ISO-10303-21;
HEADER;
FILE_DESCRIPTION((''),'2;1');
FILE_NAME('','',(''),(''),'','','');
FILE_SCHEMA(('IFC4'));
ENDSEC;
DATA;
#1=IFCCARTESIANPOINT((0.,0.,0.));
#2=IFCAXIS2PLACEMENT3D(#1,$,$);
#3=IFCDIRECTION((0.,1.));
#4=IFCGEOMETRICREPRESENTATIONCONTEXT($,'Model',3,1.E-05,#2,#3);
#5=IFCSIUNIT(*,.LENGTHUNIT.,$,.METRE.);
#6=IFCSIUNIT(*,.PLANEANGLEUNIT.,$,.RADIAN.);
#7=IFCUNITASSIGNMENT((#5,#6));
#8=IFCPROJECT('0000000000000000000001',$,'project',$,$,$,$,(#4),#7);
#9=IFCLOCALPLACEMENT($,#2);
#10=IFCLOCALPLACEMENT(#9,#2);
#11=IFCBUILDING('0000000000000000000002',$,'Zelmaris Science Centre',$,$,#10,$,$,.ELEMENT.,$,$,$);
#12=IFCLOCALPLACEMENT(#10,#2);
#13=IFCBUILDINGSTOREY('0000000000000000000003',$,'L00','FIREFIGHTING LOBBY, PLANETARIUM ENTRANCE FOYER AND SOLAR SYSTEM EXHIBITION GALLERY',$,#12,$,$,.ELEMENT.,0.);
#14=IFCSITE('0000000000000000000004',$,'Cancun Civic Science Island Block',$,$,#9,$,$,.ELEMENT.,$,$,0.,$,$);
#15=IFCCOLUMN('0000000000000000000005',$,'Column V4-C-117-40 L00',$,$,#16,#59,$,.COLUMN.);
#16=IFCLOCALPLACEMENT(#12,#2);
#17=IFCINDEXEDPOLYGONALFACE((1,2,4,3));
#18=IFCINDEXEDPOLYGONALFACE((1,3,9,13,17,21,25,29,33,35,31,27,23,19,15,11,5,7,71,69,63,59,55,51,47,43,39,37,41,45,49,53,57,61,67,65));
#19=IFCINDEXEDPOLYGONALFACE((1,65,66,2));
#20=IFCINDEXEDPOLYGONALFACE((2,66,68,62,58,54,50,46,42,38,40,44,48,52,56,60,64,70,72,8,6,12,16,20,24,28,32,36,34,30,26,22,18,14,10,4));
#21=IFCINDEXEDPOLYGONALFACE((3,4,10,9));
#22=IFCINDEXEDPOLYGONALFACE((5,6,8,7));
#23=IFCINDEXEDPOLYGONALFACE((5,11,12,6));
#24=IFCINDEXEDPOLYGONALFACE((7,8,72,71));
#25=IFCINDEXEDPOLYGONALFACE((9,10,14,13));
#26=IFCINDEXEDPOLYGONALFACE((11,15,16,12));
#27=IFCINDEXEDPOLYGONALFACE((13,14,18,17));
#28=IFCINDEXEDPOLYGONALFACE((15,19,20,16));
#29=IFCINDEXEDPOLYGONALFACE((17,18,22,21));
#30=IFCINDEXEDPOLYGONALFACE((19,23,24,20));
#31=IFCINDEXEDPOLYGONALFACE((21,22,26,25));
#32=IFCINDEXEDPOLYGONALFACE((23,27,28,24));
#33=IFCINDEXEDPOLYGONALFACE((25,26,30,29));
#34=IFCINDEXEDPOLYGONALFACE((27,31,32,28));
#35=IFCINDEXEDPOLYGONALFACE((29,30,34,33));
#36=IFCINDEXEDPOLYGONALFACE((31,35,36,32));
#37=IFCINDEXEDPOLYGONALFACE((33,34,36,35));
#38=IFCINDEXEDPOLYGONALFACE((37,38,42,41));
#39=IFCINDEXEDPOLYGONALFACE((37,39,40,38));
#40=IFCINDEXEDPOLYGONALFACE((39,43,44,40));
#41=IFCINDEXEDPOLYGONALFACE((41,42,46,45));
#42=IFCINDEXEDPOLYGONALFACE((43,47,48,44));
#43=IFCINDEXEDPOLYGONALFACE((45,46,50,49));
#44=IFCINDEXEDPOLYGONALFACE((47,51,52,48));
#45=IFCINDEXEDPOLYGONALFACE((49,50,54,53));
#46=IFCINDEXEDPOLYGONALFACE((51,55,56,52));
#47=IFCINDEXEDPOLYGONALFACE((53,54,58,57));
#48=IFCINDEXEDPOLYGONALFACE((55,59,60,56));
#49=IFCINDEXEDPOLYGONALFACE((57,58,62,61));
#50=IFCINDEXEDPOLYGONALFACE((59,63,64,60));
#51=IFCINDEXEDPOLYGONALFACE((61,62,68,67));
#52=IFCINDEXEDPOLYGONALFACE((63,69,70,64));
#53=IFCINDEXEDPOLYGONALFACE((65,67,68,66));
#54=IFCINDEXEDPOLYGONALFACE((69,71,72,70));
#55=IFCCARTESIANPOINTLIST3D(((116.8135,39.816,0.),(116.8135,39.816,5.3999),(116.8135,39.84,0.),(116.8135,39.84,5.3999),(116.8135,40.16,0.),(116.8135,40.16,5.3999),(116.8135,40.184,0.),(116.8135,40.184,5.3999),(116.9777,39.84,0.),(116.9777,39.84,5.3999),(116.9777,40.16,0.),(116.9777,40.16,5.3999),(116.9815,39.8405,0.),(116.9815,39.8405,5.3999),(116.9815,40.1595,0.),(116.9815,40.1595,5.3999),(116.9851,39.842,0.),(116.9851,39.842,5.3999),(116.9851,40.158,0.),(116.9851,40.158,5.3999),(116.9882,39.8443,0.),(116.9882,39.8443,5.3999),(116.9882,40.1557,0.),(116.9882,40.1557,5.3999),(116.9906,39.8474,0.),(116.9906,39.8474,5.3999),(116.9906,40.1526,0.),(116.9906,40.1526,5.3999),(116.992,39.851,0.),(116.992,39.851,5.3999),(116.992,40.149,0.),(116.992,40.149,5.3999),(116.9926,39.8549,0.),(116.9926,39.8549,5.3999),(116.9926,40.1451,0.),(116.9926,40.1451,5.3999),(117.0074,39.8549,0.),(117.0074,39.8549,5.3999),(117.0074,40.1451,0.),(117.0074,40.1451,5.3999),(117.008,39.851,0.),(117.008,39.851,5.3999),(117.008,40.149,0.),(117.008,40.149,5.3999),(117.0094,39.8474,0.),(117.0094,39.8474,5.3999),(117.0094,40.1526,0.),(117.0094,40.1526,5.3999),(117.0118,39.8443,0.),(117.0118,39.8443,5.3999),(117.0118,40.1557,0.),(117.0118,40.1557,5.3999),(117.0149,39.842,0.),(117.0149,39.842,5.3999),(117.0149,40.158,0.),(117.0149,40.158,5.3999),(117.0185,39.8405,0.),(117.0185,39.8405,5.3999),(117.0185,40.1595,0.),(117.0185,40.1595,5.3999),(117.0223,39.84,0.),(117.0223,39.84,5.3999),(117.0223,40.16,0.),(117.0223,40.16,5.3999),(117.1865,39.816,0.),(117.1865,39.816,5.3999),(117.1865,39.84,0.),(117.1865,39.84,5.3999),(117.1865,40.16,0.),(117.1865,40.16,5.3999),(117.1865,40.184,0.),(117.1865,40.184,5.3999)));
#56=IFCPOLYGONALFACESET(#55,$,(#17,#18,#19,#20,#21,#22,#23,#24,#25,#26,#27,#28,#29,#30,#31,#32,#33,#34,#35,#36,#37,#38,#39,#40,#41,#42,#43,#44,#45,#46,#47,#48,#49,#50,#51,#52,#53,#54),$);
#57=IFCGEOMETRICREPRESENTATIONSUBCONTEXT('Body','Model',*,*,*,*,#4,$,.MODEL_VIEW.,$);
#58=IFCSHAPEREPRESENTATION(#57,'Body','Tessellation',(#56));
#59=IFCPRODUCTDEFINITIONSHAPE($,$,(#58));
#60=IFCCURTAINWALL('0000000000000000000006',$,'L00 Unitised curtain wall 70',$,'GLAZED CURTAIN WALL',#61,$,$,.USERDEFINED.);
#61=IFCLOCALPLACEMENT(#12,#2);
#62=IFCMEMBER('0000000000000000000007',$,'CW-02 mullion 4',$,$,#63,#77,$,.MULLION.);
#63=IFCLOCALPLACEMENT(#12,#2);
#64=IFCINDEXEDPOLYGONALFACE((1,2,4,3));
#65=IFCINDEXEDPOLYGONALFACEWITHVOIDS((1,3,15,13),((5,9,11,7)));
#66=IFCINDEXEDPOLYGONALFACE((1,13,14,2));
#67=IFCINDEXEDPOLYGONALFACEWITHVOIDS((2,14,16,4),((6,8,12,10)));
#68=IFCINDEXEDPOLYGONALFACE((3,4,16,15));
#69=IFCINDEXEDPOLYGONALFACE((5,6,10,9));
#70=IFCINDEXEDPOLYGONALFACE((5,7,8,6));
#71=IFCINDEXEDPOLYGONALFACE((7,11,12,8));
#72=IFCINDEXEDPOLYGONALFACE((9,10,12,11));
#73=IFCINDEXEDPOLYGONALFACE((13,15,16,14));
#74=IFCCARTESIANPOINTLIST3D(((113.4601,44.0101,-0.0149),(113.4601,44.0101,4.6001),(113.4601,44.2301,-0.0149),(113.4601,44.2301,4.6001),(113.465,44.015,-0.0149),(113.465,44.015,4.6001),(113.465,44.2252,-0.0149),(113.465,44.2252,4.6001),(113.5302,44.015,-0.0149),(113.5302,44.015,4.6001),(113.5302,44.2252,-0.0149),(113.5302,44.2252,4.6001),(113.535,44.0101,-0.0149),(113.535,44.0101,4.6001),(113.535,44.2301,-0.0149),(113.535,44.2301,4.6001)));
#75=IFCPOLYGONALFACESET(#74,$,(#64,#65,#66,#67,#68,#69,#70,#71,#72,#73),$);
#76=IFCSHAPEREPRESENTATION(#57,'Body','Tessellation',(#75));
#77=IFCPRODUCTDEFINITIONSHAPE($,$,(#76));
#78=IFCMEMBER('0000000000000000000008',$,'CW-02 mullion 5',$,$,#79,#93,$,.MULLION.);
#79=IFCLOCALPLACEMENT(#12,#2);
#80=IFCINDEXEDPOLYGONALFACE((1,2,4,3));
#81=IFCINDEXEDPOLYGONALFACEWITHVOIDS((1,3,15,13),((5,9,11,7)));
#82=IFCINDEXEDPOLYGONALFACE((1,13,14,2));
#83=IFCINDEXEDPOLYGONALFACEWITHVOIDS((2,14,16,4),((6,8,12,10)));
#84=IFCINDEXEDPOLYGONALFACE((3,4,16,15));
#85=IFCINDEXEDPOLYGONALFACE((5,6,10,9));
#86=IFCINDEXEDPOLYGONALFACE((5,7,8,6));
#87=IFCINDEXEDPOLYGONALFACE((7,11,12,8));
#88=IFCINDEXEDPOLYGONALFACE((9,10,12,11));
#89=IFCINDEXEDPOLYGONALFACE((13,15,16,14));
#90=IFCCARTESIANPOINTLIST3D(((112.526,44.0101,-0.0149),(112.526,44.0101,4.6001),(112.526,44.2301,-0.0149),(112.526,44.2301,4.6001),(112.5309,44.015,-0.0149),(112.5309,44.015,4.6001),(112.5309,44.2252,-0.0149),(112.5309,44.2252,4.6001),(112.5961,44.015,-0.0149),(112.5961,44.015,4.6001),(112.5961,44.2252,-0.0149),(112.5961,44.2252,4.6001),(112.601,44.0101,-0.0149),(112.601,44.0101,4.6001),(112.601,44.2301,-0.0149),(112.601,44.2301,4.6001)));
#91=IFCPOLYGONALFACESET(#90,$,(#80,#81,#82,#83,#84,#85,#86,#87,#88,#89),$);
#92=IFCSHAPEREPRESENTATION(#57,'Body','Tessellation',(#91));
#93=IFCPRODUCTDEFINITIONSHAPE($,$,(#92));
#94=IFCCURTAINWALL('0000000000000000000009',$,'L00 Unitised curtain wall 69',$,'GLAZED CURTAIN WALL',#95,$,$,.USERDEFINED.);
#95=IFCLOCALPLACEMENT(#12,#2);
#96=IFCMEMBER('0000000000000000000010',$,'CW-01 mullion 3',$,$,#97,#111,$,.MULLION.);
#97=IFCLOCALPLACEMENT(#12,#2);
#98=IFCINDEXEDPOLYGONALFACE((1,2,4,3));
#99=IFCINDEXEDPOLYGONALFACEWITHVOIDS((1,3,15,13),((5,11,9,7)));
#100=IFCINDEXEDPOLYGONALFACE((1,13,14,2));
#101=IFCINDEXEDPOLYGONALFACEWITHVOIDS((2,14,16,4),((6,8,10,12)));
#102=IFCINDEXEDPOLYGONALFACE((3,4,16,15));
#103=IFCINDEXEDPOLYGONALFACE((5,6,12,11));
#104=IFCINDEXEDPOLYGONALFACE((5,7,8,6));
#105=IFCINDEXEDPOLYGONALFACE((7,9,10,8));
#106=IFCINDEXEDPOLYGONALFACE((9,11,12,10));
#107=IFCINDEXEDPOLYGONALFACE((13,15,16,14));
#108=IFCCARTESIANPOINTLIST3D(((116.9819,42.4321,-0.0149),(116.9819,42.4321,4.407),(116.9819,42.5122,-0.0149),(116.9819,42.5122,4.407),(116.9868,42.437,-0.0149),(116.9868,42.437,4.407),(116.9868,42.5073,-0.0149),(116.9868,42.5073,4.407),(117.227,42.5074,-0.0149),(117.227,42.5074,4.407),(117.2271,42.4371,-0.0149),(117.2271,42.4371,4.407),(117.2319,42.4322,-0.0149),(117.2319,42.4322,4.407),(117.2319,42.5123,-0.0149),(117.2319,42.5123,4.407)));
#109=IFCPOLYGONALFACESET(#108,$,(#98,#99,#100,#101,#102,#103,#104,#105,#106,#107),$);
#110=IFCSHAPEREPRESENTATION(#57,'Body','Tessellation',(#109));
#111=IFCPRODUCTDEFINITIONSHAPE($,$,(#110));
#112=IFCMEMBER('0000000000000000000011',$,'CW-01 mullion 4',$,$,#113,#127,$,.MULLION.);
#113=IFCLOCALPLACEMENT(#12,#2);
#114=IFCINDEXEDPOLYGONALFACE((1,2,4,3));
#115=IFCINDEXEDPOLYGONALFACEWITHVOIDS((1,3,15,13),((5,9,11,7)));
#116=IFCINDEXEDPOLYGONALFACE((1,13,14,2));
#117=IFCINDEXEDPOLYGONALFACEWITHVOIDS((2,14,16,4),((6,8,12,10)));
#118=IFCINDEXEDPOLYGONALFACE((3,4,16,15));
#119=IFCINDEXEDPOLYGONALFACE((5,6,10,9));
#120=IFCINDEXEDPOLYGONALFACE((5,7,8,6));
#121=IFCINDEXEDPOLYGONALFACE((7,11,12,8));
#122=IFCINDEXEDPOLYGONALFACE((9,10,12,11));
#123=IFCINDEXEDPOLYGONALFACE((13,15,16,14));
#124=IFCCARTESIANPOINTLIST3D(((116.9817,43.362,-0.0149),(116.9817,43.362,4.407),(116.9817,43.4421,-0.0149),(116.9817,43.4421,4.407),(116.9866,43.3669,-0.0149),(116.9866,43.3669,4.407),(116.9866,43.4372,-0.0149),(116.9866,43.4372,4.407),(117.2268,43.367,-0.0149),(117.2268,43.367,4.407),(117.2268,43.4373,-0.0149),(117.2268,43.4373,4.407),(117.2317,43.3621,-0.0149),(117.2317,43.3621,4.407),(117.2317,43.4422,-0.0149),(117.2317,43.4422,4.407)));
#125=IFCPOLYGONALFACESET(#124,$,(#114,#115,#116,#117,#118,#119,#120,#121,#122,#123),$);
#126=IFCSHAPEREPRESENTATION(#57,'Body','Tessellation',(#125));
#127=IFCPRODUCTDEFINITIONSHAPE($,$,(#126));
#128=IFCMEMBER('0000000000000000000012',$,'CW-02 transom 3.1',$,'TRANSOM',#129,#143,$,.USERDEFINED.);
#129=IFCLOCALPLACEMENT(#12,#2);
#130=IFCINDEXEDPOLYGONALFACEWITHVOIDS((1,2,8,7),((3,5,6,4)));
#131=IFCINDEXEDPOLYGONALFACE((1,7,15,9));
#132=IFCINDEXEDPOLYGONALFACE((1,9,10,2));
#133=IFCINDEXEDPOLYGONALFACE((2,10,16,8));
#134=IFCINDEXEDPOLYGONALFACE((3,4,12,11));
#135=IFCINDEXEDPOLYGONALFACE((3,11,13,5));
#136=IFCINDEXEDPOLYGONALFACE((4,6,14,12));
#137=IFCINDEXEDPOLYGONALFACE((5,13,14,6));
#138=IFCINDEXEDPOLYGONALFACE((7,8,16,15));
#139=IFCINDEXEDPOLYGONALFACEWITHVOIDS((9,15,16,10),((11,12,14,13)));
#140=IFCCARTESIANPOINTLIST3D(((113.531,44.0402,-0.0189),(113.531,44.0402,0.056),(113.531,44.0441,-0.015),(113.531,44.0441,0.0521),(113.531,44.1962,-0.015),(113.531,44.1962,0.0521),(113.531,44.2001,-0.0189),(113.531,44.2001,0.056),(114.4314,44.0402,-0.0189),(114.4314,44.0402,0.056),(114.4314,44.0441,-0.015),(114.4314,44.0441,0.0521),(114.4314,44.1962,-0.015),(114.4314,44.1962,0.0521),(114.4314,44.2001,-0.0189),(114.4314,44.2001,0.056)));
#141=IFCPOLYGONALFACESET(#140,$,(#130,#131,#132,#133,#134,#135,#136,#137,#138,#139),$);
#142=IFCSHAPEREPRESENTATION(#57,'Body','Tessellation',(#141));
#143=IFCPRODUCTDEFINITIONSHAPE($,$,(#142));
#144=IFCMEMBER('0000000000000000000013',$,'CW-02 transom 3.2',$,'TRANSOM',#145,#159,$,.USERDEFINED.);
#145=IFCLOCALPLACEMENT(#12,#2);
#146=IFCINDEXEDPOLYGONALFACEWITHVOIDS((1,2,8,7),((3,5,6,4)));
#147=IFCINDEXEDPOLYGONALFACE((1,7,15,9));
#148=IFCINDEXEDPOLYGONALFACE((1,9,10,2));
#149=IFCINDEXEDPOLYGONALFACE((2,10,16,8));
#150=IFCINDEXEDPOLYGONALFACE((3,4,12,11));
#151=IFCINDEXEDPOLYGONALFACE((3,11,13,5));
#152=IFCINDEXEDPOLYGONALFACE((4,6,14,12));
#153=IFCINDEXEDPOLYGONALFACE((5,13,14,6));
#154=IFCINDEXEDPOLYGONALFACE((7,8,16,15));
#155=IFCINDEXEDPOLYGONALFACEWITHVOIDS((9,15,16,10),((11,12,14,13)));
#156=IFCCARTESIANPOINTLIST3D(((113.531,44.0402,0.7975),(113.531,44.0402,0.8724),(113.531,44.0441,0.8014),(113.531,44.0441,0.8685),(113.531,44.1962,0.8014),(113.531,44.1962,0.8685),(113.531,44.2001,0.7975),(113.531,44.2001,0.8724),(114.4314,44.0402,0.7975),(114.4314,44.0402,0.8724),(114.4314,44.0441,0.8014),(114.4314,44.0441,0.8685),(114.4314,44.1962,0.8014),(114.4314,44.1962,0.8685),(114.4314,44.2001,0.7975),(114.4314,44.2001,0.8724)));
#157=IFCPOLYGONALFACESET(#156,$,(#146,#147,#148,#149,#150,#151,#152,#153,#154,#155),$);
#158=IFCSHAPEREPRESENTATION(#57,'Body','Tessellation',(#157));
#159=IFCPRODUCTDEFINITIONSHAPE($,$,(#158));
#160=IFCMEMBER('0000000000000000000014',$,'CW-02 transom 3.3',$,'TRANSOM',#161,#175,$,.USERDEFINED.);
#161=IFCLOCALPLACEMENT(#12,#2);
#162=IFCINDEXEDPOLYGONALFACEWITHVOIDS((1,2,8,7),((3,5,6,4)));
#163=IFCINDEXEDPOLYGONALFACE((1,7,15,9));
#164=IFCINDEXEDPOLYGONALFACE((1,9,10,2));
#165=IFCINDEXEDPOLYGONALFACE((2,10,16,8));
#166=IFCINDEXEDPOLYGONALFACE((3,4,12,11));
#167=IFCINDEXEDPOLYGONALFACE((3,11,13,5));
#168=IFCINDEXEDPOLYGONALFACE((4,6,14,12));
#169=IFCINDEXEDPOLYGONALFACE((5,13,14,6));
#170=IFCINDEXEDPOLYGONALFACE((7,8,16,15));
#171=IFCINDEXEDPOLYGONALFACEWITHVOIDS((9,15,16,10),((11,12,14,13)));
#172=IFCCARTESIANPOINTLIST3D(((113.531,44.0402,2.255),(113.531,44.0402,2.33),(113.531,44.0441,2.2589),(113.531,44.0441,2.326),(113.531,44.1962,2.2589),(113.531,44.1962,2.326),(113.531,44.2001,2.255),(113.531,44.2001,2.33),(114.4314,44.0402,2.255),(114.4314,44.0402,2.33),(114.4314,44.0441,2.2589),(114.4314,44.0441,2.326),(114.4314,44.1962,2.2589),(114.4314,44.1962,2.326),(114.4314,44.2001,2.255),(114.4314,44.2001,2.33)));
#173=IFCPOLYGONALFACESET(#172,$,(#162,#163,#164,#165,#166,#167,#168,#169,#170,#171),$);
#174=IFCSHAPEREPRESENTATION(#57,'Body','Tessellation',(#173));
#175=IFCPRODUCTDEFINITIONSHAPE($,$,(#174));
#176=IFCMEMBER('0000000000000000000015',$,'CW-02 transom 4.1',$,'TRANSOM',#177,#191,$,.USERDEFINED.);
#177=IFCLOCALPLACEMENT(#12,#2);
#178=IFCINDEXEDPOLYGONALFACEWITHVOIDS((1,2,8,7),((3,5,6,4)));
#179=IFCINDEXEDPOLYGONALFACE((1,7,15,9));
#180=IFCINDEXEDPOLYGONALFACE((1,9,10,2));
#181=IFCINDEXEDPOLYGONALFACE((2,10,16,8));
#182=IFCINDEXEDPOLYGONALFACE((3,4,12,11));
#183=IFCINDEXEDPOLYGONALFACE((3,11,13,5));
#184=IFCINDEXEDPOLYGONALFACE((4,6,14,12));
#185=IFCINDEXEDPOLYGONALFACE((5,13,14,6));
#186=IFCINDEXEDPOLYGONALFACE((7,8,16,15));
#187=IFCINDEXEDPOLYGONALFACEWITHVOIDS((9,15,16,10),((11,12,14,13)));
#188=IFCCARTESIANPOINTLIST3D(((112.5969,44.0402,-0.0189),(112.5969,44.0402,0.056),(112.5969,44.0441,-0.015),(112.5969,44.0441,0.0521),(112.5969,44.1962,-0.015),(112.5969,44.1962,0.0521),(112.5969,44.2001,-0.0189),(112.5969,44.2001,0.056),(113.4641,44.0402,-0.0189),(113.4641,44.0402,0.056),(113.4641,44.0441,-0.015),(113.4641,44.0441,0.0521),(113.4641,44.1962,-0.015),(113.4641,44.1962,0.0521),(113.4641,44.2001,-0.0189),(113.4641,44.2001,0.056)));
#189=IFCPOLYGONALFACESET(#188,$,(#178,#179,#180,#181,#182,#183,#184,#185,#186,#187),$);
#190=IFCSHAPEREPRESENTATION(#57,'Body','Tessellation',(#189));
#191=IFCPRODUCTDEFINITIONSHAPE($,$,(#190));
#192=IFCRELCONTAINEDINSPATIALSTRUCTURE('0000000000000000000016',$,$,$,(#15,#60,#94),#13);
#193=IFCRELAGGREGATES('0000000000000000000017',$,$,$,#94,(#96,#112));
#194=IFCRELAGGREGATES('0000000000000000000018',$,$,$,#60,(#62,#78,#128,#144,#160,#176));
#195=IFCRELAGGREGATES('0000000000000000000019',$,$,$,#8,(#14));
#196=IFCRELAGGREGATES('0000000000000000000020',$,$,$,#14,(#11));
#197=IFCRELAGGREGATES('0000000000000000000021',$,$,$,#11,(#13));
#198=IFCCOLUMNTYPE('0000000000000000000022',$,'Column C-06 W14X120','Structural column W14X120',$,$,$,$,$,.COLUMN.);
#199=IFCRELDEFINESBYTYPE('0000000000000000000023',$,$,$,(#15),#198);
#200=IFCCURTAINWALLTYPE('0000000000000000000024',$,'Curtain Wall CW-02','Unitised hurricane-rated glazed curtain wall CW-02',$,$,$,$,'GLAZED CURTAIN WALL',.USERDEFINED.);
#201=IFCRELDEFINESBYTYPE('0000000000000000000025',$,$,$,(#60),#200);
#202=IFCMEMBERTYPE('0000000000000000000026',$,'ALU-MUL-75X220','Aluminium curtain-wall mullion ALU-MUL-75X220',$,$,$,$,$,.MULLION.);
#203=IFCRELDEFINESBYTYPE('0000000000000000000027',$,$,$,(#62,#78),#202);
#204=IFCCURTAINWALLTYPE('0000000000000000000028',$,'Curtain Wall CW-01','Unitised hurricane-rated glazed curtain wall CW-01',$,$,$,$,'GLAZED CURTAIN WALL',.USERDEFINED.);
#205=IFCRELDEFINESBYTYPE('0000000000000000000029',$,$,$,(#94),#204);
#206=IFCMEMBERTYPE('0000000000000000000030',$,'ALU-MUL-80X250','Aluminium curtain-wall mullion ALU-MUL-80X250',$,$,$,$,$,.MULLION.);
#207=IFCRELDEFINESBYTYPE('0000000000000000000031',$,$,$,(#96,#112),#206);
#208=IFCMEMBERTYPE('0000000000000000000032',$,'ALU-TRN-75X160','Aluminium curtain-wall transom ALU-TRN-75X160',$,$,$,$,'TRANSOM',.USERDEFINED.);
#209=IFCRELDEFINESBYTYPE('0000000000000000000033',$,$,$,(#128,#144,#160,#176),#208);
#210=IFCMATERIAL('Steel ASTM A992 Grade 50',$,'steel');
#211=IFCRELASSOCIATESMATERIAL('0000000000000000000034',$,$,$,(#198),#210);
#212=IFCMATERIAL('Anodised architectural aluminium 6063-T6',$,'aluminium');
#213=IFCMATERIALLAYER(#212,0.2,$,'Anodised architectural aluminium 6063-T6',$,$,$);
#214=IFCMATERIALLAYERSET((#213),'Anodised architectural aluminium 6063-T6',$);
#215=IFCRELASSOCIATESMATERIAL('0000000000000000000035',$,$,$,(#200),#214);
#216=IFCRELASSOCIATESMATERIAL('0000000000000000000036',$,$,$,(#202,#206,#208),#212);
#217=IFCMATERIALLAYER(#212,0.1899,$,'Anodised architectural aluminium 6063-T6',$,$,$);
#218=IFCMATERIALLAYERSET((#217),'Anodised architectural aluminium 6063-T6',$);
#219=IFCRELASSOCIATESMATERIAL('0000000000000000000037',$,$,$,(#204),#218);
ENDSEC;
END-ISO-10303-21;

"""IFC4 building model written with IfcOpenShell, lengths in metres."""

from ifc_helpers import new_model, si_unit, direction, frame, origin, origin_2d, place, context, subcontext, project, spatial, hollow_rectangle, i_section, extrude, material, layer, layer_set, material_profile, profile_set, type_object, element, aggregate, save


model = new_model("IFC4")

# Units and contexts
model_context = context("Model", 3, precision=1e-05, world=origin(), true_north=direction((0.0, 1.0)))
body_context = subcontext(model_context, "Body", "Model", "MODEL_VIEW")
ifc_project = project(units=[si_unit("LENGTHUNIT", "METRE"), si_unit("PLANEANGLEUNIT", "RADIAN")], contexts=[model_context])

# Site, building, storey
site_placement = place(None, origin())
site = spatial("IfcSite", under=ifc_project, at=site_placement, Name="Cancun Civic Science Island Block", CompositionType="ELEMENT", RefElevation=0.0)
building_placement = place(site_placement, origin())
building = spatial("IfcBuilding", under=site, at=building_placement, Name="Zelmaris Science Centre", CompositionType="ELEMENT")
storey_placement = place(building_placement, origin())
storey = spatial("IfcBuildingStorey", under=building, at=storey_placement, Name="L00", Description="FIREFIGHTING LOBBY, PLANETARIUM ENTRANCE FOYER AND SOLAR SYSTEM EXHIBITION GALLERY", CompositionType="ELEMENT", Elevation=0.0)

# Column
ifc_material_1 = material(Name="Steel ASTM A992 Grade 50", Category="steel")
ifc_material_profile_1 = material_profile(ifc_material_1, i_section(OverallWidth=0.373, OverallDepth=0.3679, WebThickness=0.0149, FlangeThickness=0.0239, FilletRadius=0.0149, at=origin_2d()), Name="W14X120")
ifc_profile_set_1 = profile_set([ifc_material_profile_1], Name="Steel ASTM A992 Grade 50")
column_type = type_object("IfcColumnType", Name="Column C-06 W14X120", Description="Structural column W14X120", PredefinedType="COLUMN", material=ifc_profile_set_1)
column_placement = place(storey_placement, frame((117.0, 40.0, 0.0), z_axis=(0.0, 0.0, 1.0), x_axis=(1.0, 0.0, 0.0)))
element("IfcColumn", 1, at=column_placement, inside=storey, type_object=column_type, Name="Column V4-C-117-40 L00", PredefinedType="COLUMN", context=body_context, shape_type="SweptSolid", body=[
    extrude(i_section(OverallWidth=0.373, OverallDepth=0.3679, WebThickness=0.0149, FlangeThickness=0.0239, FilletRadius=0.0149, at=origin_2d()), origin(), (0.0, 0.0, 1.0), 5.3999),
])

# Curtain walls, members
ifc_material_2 = material(Name="Anodised architectural aluminium 6063-T6", Category="aluminium")
ifc_layer_1 = layer(ifc_material_2, 0.2, Name="Anodised architectural aluminium 6063-T6")
ifc_layer_set_1 = layer_set([ifc_layer_1], Name="Anodised architectural aluminium 6063-T6")
curtain_wall_type_1 = type_object("IfcCurtainWallType", Name="Curtain Wall CW-02", Description="Unitised hurricane-rated glazed curtain wall CW-02", ElementType="GLAZED CURTAIN WALL", PredefinedType="USERDEFINED", material=ifc_layer_set_1)
curtain_wall_1_placement = place(storey_placement, origin())
curtain_wall_1 = element("IfcCurtainWall", 2, at=curtain_wall_1_placement, inside=storey, type_object=curtain_wall_type_1, Name="L00 Unitised curtain wall 70", ObjectType="GLAZED CURTAIN WALL", PredefinedType="USERDEFINED")
ifc_material_profile_2 = material_profile(ifc_material_2, hollow_rectangle(XDim=0.075, YDim=0.22, WallThickness=0.0049, at=origin_2d()), Name="ALU-MUL-75X220")
ifc_profile_set_2 = profile_set([ifc_material_profile_2], Name="Anodised architectural aluminium 6063-T6")
member_type_1 = type_object("IfcMemberType", Name="ALU-MUL-75X220", Description="Aluminium curtain-wall mullion ALU-MUL-75X220", PredefinedType="MULLION", material=ifc_profile_set_2)
member_1_placement = place(storey_placement, frame((113.4976, 44.1201, -0.0149), z_axis=(0.0, 0.0, 1.0), x_axis=(-1.0, 0.000007, 0.0)))
member_1 = element("IfcMember", 3, at=member_1_placement, type_object=member_type_1, Name="CW-02 mullion 4", PredefinedType="MULLION", context=body_context, shape_type="SweptSolid", body=[
    extrude(hollow_rectangle(XDim=0.075, YDim=0.22, WallThickness=0.0049, at=origin_2d()), origin(), (0.0, 0.0, 1.0), 4.615),
])
member_2_placement = place(storey_placement, frame((112.5635, 44.1201, -0.0149), z_axis=(0.0, 0.0, 1.0), x_axis=(-1.0, 0.000007, 0.0)))
member_2 = element("IfcMember", 4, at=member_2_placement, type_object=member_type_1, Name="CW-02 mullion 5", PredefinedType="MULLION", context=body_context, shape_type="SweptSolid", body=[
    extrude(hollow_rectangle(XDim=0.075, YDim=0.22, WallThickness=0.0049, at=origin_2d()), origin(), (0.0, 0.0, 1.0), 4.615),
])
ifc_layer_2 = layer(ifc_material_2, 0.1899, Name="Anodised architectural aluminium 6063-T6")
ifc_layer_set_2 = layer_set([ifc_layer_2], Name="Anodised architectural aluminium 6063-T6")
curtain_wall_type_2 = type_object("IfcCurtainWallType", Name="Curtain Wall CW-01", Description="Unitised hurricane-rated glazed curtain wall CW-01", ElementType="GLAZED CURTAIN WALL", PredefinedType="USERDEFINED", material=ifc_layer_set_2)
curtain_wall_2_placement = place(storey_placement, origin())
curtain_wall_2 = element("IfcCurtainWall", 5, at=curtain_wall_2_placement, inside=storey, type_object=curtain_wall_type_2, Name="L00 Unitised curtain wall 69", ObjectType="GLAZED CURTAIN WALL", PredefinedType="USERDEFINED")
ifc_material_profile_3 = material_profile(ifc_material_2, hollow_rectangle(XDim=0.0801, YDim=0.25, WallThickness=0.0049, at=origin_2d()), Name="ALU-MUL-80X250")
ifc_profile_set_3 = profile_set([ifc_material_profile_3], Name="Anodised architectural aluminium 6063-T6")
member_type_2 = type_object("IfcMemberType", Name="ALU-MUL-80X250", Description="Aluminium curtain-wall mullion ALU-MUL-80X250", PredefinedType="MULLION", material=ifc_profile_set_3)
member_3_placement = place(storey_placement, frame((117.1069, 42.4722, -0.0149), z_axis=(0.0, 0.0, 1.0), x_axis=(-0.000353, 1.0, 0.0)))
member_3 = element("IfcMember", 6, at=member_3_placement, type_object=member_type_2, Name="CW-01 mullion 3", PredefinedType="MULLION", context=body_context, shape_type="SweptSolid", body=[
    extrude(hollow_rectangle(XDim=0.0801, YDim=0.25, WallThickness=0.0049, at=origin_2d()), origin(), (0.0, 0.0, 1.0), 4.4219),
])
member_4_placement = place(storey_placement, frame((117.1067, 43.4021, -0.0149), z_axis=(0.0, 0.0, 1.0), x_axis=(-0.000353, 1.0, 0.0)))
member_4 = element("IfcMember", 7, at=member_4_placement, type_object=member_type_2, Name="CW-01 mullion 4", PredefinedType="MULLION", context=body_context, shape_type="SweptSolid", body=[
    extrude(hollow_rectangle(XDim=0.0801, YDim=0.25, WallThickness=0.0049, at=origin_2d()), origin(), (0.0, 0.0, 1.0), 4.4219),
])

# Members
ifc_material_profile_4 = material_profile(ifc_material_2, hollow_rectangle(XDim=0.075, YDim=0.1599, WallThickness=0.0039, at=origin_2d()), Name="ALU-TRN-75X160")
ifc_profile_set_4 = profile_set([ifc_material_profile_4], Name="Anodised architectural aluminium 6063-T6")
member_type_3 = type_object("IfcMemberType", Name="ALU-TRN-75X160", Description="Aluminium curtain-wall transom ALU-TRN-75X160", ElementType="TRANSOM", PredefinedType="USERDEFINED", material=ifc_profile_set_4)
member_5_placement = place(storey_placement, frame((114.4314, 44.1201, 0.0186), z_axis=(-1.0, 0.0, 0.0), x_axis=(0.0, 0.0, 1.0)))
member_5 = element("IfcMember", 8, at=member_5_placement, type_object=member_type_3, Name="CW-02 transom 3.1", ObjectType="TRANSOM", PredefinedType="USERDEFINED", context=body_context, shape_type="SweptSolid", body=[
    extrude(hollow_rectangle(XDim=0.075, YDim=0.1599, WallThickness=0.0039, at=origin_2d()), origin(), (0.0, 0.0, 1.0), 0.9004),
])
member_6_placement = place(storey_placement, frame((114.4314, 44.1201, 0.835), z_axis=(-1.0, 0.0, 0.0), x_axis=(0.0, 0.0, 1.0)))
member_6 = element("IfcMember", 9, at=member_6_placement, type_object=member_type_3, Name="CW-02 transom 3.2", ObjectType="TRANSOM", PredefinedType="USERDEFINED", context=body_context, shape_type="SweptSolid", body=[
    extrude(hollow_rectangle(XDim=0.075, YDim=0.1599, WallThickness=0.0039, at=origin_2d()), origin(), (0.0, 0.0, 1.0), 0.9004),
])
member_7_placement = place(storey_placement, frame((114.4314, 44.1201, 2.2925), z_axis=(-1.0, 0.0, 0.0), x_axis=(0.0, 0.0, 1.0)))
member_7 = element("IfcMember", 10, at=member_7_placement, type_object=member_type_3, Name="CW-02 transom 3.3", ObjectType="TRANSOM", PredefinedType="USERDEFINED", context=body_context, shape_type="SweptSolid", body=[
    extrude(hollow_rectangle(XDim=0.075, YDim=0.1599, WallThickness=0.0039, at=origin_2d()), origin(), (0.0, 0.0, 1.0), 0.9004),
])
member_8_placement = place(storey_placement, frame((113.4641, 44.1201, 0.0186), z_axis=(-1.0, 0.0, 0.0), x_axis=(0.0, 0.0, 1.0)))
member_8 = element("IfcMember", 11, at=member_8_placement, type_object=member_type_3, Name="CW-02 transom 4.1", ObjectType="TRANSOM", PredefinedType="USERDEFINED", context=body_context, shape_type="SweptSolid", body=[
    extrude(hollow_rectangle(XDim=0.075, YDim=0.1599, WallThickness=0.0039, at=origin_2d()), origin(), (0.0, 0.0, 1.0), 0.8672),
])

aggregate(curtain_wall_2, [member_3, member_4])
aggregate(curtain_wall_1, [member_1, member_2, member_5, member_6, member_7, member_8])

save(model, "model.ifc")
